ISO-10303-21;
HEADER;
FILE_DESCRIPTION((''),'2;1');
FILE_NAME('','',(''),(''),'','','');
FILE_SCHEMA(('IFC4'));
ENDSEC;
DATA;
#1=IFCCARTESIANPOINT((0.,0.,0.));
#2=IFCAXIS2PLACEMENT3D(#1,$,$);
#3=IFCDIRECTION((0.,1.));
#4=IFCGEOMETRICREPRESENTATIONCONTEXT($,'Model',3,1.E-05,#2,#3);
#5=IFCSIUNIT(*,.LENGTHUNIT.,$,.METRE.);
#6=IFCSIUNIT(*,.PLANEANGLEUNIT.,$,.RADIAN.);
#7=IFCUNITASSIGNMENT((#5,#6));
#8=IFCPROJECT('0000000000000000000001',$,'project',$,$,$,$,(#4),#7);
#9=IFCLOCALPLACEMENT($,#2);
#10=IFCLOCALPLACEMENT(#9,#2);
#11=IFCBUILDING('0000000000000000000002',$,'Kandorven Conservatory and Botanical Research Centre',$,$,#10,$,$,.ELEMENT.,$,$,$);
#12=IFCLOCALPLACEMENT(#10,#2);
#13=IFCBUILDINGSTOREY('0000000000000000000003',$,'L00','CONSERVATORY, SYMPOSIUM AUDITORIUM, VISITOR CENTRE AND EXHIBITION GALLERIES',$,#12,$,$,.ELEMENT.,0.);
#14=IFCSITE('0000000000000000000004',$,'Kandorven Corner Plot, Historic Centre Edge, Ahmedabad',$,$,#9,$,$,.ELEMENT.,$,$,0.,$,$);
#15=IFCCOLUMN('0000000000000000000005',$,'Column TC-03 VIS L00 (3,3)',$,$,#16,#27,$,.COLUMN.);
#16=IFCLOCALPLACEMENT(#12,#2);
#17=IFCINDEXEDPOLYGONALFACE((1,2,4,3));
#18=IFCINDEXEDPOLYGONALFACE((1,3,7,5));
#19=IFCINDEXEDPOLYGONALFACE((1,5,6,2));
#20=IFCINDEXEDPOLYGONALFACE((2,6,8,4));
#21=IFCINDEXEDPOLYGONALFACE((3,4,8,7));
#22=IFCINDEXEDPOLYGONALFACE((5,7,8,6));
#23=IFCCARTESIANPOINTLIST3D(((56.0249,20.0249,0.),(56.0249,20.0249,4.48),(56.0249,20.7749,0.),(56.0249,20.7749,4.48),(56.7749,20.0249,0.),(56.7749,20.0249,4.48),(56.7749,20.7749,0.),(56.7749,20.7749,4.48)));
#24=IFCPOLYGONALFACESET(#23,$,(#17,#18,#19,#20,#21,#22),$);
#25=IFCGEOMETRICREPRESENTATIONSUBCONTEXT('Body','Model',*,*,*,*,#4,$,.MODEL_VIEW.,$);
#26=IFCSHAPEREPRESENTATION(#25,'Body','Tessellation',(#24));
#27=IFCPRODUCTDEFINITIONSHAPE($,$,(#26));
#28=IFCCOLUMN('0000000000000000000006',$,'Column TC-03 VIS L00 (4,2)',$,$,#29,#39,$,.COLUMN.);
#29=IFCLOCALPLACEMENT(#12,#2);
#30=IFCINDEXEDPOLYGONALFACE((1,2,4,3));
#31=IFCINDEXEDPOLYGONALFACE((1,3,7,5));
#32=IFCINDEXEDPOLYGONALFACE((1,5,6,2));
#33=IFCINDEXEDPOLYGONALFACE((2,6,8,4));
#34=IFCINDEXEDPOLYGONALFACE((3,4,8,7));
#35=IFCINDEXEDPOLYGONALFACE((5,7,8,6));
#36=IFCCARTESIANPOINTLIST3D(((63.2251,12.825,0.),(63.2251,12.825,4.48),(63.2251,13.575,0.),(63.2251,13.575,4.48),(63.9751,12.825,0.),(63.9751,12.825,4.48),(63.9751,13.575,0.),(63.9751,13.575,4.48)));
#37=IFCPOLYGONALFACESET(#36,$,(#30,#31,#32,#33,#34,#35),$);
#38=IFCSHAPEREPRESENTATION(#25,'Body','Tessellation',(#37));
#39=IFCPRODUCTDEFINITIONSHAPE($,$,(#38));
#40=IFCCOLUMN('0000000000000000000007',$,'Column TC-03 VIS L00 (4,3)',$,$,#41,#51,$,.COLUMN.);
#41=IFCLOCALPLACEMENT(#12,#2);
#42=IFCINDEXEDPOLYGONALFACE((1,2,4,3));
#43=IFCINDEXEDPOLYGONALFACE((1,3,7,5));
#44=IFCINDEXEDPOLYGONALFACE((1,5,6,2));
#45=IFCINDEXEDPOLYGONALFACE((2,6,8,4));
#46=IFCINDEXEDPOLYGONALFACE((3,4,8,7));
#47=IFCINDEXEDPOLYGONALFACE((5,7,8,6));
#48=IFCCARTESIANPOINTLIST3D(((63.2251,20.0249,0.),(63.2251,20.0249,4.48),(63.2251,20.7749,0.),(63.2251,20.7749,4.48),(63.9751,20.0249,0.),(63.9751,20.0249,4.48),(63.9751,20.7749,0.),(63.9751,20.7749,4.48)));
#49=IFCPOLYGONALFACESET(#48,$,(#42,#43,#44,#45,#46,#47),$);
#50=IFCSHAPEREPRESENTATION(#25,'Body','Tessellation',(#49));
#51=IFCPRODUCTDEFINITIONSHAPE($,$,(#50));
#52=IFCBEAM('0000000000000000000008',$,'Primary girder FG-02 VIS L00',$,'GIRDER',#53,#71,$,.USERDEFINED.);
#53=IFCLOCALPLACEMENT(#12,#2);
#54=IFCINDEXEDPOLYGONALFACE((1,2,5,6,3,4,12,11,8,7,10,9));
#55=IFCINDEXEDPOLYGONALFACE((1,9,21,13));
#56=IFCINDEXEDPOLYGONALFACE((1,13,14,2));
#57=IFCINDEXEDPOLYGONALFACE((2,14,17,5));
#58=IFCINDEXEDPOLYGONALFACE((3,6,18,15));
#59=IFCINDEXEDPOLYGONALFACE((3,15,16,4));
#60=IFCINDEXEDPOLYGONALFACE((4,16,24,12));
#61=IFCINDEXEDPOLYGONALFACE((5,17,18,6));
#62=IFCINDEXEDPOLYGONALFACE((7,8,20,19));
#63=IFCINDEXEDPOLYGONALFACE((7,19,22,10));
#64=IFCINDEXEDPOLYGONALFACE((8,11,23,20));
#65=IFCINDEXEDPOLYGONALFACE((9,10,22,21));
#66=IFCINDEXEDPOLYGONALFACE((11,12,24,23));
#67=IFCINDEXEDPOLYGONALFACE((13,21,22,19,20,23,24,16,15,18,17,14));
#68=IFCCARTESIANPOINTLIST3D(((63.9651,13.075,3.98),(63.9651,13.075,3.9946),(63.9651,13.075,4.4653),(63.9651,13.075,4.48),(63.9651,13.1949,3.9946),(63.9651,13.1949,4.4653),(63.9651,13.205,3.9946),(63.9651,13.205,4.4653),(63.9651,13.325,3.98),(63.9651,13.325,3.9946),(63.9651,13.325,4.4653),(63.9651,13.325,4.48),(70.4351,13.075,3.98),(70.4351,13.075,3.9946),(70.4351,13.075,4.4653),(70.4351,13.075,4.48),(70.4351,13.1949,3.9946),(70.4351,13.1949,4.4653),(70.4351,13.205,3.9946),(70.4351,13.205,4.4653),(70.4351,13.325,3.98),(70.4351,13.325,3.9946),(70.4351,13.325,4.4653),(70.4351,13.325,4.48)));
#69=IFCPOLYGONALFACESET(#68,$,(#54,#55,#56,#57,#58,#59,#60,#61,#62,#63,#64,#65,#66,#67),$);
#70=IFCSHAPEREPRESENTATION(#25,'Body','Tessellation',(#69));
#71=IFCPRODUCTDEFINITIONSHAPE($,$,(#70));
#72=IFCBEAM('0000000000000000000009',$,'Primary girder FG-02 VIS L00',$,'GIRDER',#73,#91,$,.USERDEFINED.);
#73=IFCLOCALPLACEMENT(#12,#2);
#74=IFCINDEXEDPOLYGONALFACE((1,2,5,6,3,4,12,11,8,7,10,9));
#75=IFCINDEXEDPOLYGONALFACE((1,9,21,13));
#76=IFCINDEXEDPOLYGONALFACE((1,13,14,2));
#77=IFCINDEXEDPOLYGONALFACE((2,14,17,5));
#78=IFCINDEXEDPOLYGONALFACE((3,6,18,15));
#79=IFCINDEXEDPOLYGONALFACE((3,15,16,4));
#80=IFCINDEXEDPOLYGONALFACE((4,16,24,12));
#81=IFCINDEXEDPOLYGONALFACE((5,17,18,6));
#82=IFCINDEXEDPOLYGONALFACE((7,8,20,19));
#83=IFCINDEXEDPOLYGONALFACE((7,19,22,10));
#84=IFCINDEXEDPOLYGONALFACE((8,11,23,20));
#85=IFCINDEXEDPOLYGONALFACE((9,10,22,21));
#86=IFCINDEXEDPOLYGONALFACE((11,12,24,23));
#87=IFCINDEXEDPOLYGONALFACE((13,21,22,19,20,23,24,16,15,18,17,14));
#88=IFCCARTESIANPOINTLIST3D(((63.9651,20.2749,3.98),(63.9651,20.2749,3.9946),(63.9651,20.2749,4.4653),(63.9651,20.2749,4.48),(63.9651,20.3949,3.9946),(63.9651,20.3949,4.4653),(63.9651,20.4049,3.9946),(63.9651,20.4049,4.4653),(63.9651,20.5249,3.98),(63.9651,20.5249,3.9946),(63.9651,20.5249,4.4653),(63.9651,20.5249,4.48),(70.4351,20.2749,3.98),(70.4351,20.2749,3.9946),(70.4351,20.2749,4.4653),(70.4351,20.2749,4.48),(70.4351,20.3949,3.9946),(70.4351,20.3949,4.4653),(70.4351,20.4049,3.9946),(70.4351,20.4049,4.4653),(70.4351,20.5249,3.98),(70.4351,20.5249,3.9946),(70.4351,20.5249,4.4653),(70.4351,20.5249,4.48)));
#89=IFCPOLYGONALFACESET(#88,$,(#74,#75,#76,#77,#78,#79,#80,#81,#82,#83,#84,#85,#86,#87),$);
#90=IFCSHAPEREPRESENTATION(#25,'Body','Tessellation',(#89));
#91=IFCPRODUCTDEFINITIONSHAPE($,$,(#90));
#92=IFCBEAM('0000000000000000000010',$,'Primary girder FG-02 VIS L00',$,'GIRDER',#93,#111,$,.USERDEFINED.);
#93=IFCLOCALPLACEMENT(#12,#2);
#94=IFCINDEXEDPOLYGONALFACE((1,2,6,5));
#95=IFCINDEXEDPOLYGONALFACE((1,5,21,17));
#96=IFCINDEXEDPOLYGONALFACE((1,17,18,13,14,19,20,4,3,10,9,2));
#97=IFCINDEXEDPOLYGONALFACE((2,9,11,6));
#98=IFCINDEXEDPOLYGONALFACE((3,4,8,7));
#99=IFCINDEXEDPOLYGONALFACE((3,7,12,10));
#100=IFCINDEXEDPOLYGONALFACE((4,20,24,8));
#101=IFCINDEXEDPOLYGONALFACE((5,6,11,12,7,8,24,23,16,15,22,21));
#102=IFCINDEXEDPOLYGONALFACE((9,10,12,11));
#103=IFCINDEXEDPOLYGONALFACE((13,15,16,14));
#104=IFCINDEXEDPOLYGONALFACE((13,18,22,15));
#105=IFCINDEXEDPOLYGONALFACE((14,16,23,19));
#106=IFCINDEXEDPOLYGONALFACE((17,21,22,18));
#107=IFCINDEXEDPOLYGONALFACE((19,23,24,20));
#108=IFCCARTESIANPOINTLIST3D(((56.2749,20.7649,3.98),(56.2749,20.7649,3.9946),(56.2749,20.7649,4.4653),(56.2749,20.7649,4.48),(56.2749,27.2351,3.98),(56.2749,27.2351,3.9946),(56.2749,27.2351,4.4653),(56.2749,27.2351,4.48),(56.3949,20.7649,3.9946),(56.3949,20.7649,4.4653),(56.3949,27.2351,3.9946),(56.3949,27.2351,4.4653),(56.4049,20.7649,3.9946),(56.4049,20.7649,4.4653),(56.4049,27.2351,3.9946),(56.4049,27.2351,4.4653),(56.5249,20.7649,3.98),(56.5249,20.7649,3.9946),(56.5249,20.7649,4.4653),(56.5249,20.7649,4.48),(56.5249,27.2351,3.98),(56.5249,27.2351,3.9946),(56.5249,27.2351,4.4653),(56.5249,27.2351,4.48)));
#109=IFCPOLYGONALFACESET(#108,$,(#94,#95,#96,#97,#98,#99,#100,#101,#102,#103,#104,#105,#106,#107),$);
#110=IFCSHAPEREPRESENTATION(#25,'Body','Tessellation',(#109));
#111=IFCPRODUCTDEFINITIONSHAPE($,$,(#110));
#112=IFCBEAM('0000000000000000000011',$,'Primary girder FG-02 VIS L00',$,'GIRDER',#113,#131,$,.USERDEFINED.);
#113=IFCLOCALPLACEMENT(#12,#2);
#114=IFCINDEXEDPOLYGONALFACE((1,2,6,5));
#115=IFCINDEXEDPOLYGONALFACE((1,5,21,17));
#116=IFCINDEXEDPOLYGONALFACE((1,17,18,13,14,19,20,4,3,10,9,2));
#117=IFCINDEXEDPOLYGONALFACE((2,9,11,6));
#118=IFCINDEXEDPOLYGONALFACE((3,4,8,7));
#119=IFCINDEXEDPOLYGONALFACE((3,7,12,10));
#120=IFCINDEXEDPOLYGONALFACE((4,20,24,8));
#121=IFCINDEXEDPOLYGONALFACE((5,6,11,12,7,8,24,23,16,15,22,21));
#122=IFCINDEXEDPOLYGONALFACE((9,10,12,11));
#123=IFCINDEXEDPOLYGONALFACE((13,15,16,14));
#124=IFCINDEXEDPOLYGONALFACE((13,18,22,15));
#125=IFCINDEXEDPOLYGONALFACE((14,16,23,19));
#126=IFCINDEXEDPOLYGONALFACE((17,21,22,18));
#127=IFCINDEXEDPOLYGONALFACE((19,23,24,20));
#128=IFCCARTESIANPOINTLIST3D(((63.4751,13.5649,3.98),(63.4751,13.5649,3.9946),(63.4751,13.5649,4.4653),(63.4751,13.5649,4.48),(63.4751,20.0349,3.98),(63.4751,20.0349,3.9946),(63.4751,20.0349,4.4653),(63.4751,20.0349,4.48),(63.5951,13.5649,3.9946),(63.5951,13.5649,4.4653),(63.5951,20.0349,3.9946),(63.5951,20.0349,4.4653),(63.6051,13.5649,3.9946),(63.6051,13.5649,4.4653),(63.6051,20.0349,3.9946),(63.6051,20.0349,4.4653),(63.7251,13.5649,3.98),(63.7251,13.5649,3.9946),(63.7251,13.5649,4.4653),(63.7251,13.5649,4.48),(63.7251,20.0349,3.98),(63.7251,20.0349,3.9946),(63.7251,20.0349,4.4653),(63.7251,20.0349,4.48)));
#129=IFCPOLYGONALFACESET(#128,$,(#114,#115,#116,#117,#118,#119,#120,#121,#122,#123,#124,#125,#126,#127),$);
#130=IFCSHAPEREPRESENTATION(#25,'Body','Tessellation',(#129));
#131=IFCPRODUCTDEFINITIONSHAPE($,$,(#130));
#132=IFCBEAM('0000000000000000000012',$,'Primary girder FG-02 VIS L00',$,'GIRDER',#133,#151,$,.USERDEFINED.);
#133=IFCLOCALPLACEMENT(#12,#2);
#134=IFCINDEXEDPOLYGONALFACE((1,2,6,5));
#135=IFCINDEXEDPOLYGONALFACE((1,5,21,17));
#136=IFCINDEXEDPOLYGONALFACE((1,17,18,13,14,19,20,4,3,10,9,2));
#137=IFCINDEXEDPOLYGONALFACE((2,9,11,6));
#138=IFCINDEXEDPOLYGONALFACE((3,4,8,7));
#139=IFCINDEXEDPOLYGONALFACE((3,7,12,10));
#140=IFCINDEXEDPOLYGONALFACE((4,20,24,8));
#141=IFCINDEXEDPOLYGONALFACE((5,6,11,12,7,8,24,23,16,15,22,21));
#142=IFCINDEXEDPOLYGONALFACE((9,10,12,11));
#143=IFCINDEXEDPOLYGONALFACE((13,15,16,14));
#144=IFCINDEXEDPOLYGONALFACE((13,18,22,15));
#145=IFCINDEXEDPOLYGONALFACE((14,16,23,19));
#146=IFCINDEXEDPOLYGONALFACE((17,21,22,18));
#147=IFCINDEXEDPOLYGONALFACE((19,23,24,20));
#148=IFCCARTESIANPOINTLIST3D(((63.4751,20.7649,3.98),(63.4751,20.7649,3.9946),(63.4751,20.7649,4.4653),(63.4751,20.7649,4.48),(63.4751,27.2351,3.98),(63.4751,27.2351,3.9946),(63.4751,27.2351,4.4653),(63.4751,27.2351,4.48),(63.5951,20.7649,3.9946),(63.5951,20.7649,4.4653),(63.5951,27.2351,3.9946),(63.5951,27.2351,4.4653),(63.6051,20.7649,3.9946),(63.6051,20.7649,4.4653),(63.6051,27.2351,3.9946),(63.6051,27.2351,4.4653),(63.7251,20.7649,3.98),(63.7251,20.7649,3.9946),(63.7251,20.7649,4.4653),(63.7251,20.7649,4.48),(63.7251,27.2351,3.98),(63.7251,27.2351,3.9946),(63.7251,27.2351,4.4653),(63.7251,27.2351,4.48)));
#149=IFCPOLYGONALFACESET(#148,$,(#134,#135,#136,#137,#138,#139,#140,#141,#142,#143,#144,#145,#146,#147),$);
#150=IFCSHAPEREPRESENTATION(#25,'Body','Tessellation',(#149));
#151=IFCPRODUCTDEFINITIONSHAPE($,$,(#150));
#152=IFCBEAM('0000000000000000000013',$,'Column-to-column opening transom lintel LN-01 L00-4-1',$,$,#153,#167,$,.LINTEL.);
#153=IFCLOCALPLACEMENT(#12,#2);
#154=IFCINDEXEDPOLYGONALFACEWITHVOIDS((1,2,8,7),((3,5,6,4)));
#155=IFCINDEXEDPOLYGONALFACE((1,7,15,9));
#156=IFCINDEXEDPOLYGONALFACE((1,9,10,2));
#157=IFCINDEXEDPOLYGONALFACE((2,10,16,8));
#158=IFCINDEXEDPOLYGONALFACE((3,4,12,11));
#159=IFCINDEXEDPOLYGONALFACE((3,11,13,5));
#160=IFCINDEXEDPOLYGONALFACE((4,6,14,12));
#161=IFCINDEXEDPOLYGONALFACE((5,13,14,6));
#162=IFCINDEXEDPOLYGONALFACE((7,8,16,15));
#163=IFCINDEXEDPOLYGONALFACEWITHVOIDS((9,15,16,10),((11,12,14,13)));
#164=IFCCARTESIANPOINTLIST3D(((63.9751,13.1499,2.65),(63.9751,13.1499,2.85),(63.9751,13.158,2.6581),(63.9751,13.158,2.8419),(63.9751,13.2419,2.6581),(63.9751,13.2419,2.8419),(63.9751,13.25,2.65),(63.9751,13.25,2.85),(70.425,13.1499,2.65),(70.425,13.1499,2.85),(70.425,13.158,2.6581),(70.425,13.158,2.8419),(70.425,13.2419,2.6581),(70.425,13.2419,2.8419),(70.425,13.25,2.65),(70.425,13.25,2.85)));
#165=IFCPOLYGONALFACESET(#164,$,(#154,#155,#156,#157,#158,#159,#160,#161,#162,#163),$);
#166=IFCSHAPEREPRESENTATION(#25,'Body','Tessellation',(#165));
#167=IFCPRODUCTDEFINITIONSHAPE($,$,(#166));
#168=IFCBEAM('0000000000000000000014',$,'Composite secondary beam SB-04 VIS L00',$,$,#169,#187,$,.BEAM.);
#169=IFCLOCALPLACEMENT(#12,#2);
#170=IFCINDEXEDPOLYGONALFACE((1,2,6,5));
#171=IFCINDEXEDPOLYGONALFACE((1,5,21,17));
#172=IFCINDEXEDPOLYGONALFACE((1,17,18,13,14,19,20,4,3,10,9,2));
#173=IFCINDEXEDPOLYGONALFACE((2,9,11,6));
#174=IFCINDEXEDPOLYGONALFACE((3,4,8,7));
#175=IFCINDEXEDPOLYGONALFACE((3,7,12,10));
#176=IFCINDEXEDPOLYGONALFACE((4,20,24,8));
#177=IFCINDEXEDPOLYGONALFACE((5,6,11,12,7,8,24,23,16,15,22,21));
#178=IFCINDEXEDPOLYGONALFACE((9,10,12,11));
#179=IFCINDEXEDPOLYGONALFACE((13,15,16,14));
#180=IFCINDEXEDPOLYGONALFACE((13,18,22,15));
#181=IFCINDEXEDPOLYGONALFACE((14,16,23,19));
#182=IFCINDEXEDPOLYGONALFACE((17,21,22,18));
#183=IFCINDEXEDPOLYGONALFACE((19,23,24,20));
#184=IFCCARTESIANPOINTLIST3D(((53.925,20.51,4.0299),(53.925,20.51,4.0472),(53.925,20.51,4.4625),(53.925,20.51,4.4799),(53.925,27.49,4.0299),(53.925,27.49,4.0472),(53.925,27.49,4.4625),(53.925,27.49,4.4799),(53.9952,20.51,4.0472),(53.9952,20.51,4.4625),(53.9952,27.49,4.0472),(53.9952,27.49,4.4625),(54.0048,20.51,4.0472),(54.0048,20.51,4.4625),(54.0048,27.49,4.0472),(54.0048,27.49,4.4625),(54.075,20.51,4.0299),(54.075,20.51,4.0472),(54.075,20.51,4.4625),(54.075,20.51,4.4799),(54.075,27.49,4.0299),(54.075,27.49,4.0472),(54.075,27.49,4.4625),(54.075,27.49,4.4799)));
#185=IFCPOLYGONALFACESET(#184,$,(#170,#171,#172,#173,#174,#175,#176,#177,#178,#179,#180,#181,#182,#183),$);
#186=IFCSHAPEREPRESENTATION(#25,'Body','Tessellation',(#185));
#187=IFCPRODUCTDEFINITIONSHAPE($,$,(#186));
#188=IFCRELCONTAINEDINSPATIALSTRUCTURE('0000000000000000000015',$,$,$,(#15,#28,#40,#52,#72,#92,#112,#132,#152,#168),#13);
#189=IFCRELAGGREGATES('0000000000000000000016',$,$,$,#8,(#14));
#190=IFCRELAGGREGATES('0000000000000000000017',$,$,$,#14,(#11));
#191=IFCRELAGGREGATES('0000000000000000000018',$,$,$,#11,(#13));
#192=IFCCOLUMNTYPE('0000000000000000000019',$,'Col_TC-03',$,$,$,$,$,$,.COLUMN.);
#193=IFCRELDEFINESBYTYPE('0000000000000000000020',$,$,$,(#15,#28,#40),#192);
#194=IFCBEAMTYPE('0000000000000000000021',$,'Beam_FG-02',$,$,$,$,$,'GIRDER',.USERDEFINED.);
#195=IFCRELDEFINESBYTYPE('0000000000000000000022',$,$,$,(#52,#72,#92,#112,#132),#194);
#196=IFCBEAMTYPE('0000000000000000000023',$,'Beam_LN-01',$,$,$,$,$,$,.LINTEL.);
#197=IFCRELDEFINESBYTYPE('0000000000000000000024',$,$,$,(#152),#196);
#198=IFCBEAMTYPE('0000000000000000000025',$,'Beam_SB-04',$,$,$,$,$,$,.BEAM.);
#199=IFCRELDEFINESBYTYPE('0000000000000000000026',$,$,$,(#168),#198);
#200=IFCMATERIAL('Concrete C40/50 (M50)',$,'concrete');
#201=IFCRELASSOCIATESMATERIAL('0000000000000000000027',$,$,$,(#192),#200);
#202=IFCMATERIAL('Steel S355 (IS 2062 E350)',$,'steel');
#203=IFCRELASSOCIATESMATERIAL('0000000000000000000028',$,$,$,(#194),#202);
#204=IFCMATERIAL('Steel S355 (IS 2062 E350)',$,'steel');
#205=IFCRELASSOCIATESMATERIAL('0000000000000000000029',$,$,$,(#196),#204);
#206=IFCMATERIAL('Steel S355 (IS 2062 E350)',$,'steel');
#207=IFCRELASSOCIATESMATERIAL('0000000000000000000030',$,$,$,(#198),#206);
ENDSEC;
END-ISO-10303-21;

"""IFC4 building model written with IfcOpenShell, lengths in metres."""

from ifc_helpers import new_model, si_unit, direction, frame, origin, origin_2d, place, context, subcontext, project, spatial, rectangle, hollow_rectangle, i_section, extrude, material, material_profile, profile_set, type_object, element, save


model = new_model("IFC4")

# Units and contexts
model_context = context("Model", 3, precision=1e-05, world=origin(), true_north=direction((0.0, 1.0)))
body_context = subcontext(model_context, "Body", "Model", "MODEL_VIEW")
ifc_project = project(units=[si_unit("LENGTHUNIT", "METRE"), si_unit("PLANEANGLEUNIT", "RADIAN")], contexts=[model_context])

# Site, building, storey
site_placement = place(None, origin())
site = spatial("IfcSite", under=ifc_project, at=site_placement, Name="Kandorven Corner Plot, Historic Centre Edge, Ahmedabad", CompositionType="ELEMENT", RefElevation=0.0)
building_placement = place(site_placement, origin())
building = spatial("IfcBuilding", under=site, at=building_placement, Name="Kandorven Conservatory and Botanical Research Centre", CompositionType="ELEMENT")
storey_placement = place(building_placement, origin())
storey = spatial("IfcBuildingStorey", under=building, at=storey_placement, Name="L00", Description="CONSERVATORY, SYMPOSIUM AUDITORIUM, VISITOR CENTRE AND EXHIBITION GALLERIES", CompositionType="ELEMENT", Elevation=0.0)

# Columns
ifc_material_1 = material(Name="Concrete C40/50 (M50)", Category="concrete")
ifc_material_profile_1 = material_profile(ifc_material_1, rectangle(XDim=0.75, YDim=0.75, at=origin_2d()))
ifc_profile_set_1 = profile_set([ifc_material_profile_1], Name="Concrete C40/50 (M50)")
column_type = type_object("IfcColumnType", Name="Col_TC-03", PredefinedType="COLUMN", material=ifc_profile_set_1)
for number, where, z_axis, x_axis, name in (
    (1, (56.3999, 20.3999, 0.0), (0.0, 0.0, 1.0), (1.0, 0.0, 0.0), "Column TC-03 VIS L00 (3,3)"),
    (2, (63.6001, 13.2, 0.0), (0.0, 0.0, 1.0), (1.0, 0.0, 0.0), "Column TC-03 VIS L00 (4,2)"),
    (3, (63.6001, 20.3999, 0.0), (0.0, 0.0, 1.0), (1.0, 0.0, 0.0), "Column TC-03 VIS L00 (4,3)"),
):
    element("IfcColumn", number, at=place(storey_placement, frame(where, z_axis=z_axis, x_axis=x_axis)), inside=storey, type_object=column_type, Name=name, PredefinedType="COLUMN", context=body_context, shape_type="SweptSolid", body=[
        extrude(rectangle(XDim=0.75, YDim=0.75, at=origin_2d()), origin(), (0.0, 0.0, 1.0), 4.48),
    ])

# Beams
ifc_material_2 = material(Name="Steel S355 (IS 2062 E350)", Category="steel")
ifc_material_profile_2 = material_profile(ifc_material_2, i_section(OverallWidth=0.25, OverallDepth=0.5, WebThickness=0.01, FlangeThickness=0.0146, at=origin_2d()))
ifc_profile_set_2 = profile_set([ifc_material_profile_2], Name="Steel S355 (IS 2062 E350)")
beam_type_1 = type_object("IfcBeamType", Name="Beam_FG-02", ElementType="GIRDER", PredefinedType="USERDEFINED", material=ifc_profile_set_2)
for number, where, z_axis, x_axis, name in (
    (4, (63.9651, 13.2, 4.23), (1.0, 0.0, 0.0), (0.0, 1.0, 0.0), "Primary girder FG-02 VIS L00"),
    (5, (63.9651, 20.3999, 4.23), (1.0, 0.0, 0.0), (0.0, 1.0, 0.0), "Primary girder FG-02 VIS L00"),
):
    element("IfcBeam", number, at=place(storey_placement, frame(where, z_axis=z_axis, x_axis=x_axis)), inside=storey, type_object=beam_type_1, Name=name, ObjectType="GIRDER", PredefinedType="USERDEFINED", context=body_context, shape_type="SweptSolid", body=[
        extrude(i_section(OverallWidth=0.25, OverallDepth=0.5, WebThickness=0.01, FlangeThickness=0.0146, at=origin_2d()), origin(), (0.0, 0.0, 1.0), 6.47),
    ])
beam_1_placement = place(storey_placement, frame((56.3999, 20.7649, 4.23), z_axis=(0.0, 1.0, 0.0), x_axis=(-1.0, 0.0, 0.0)))
element("IfcBeam", 6, at=beam_1_placement, inside=storey, type_object=beam_type_1, Name="Primary girder FG-02 VIS L00", ObjectType="GIRDER", PredefinedType="USERDEFINED", context=body_context, shape_type="SweptSolid", body=[
    extrude(i_section(OverallWidth=0.25, OverallDepth=0.5, WebThickness=0.01, FlangeThickness=0.0146, at=origin_2d()), origin(), (0.0, 0.0, 1.0), 6.4702),
])
beam_2_placement = place(storey_placement, frame((63.6001, 13.5649, 4.23), z_axis=(0.0, 1.0, 0.0), x_axis=(-1.0, 0.0, 0.0)))
element("IfcBeam", 7, at=beam_2_placement, inside=storey, type_object=beam_type_1, Name="Primary girder FG-02 VIS L00", ObjectType="GIRDER", PredefinedType="USERDEFINED", context=body_context, shape_type="SweptSolid", body=[
    extrude(i_section(OverallWidth=0.25, OverallDepth=0.5, WebThickness=0.01, FlangeThickness=0.0146, at=origin_2d()), origin(), (0.0, 0.0, 1.0), 6.47),
])
beam_3_placement = place(storey_placement, frame((63.6001, 20.7649, 4.23), z_axis=(0.0, 1.0, 0.0), x_axis=(-1.0, 0.0, 0.0)))
element("IfcBeam", 8, at=beam_3_placement, inside=storey, type_object=beam_type_1, Name="Primary girder FG-02 VIS L00", ObjectType="GIRDER", PredefinedType="USERDEFINED", context=body_context, shape_type="SweptSolid", body=[
    extrude(i_section(OverallWidth=0.25, OverallDepth=0.5, WebThickness=0.01, FlangeThickness=0.0146, at=origin_2d()), origin(), (0.0, 0.0, 1.0), 6.4702),
])
ifc_material_3 = material(Name="Steel S355 (IS 2062 E350)", Category="steel")
ifc_material_profile_3 = material_profile(ifc_material_3, hollow_rectangle(XDim=0.1001, YDim=0.2, WallThickness=0.0081, at=origin_2d()))
ifc_profile_set_3 = profile_set([ifc_material_profile_3], Name="Steel S355 (IS 2062 E350)")
beam_type_2 = type_object("IfcBeamType", Name="Beam_LN-01", PredefinedType="LINTEL", material=ifc_profile_set_3)
beam_4_placement = place(storey_placement, frame((63.9751, 13.2, 2.75), z_axis=(1.0, 0.0, 0.0), x_axis=(0.0, 1.0, 0.0)))
element("IfcBeam", 9, at=beam_4_placement, inside=storey, type_object=beam_type_2, Name="Column-to-column opening transom lintel LN-01 L00-4-1", PredefinedType="LINTEL", context=body_context, shape_type="SweptSolid", body=[
    extrude(hollow_rectangle(XDim=0.1001, YDim=0.2, WallThickness=0.0081, at=origin_2d()), origin(), (0.0, 0.0, 1.0), 6.45),
])
ifc_material_4 = material(Name="Steel S355 (IS 2062 E350)", Category="steel")
ifc_material_profile_4 = material_profile(ifc_material_4, i_section(OverallWidth=0.1499, OverallDepth=0.45, WebThickness=0.0095, FlangeThickness=0.0173, at=origin_2d()))
ifc_profile_set_4 = profile_set([ifc_material_profile_4], Name="Steel S355 (IS 2062 E350)")
beam_type_3 = type_object("IfcBeamType", Name="Beam_SB-04", PredefinedType="BEAM", material=ifc_profile_set_4)
beam_5_placement = place(storey_placement, frame((54.0, 20.51, 4.2549), z_axis=(0.0, 1.0, 0.0), x_axis=(-1.0, 0.0, 0.0)))
element("IfcBeam", 10, at=beam_5_placement, inside=storey, type_object=beam_type_3, Name="Composite secondary beam SB-04 VIS L00", PredefinedType="BEAM", context=body_context, shape_type="SweptSolid", body=[
    extrude(i_section(OverallWidth=0.1499, OverallDepth=0.45, WebThickness=0.0095, FlangeThickness=0.0173, at=origin_2d()), origin(), (0.0, 0.0, 1.0), 6.98),
])

save(model, "model.ifc")
